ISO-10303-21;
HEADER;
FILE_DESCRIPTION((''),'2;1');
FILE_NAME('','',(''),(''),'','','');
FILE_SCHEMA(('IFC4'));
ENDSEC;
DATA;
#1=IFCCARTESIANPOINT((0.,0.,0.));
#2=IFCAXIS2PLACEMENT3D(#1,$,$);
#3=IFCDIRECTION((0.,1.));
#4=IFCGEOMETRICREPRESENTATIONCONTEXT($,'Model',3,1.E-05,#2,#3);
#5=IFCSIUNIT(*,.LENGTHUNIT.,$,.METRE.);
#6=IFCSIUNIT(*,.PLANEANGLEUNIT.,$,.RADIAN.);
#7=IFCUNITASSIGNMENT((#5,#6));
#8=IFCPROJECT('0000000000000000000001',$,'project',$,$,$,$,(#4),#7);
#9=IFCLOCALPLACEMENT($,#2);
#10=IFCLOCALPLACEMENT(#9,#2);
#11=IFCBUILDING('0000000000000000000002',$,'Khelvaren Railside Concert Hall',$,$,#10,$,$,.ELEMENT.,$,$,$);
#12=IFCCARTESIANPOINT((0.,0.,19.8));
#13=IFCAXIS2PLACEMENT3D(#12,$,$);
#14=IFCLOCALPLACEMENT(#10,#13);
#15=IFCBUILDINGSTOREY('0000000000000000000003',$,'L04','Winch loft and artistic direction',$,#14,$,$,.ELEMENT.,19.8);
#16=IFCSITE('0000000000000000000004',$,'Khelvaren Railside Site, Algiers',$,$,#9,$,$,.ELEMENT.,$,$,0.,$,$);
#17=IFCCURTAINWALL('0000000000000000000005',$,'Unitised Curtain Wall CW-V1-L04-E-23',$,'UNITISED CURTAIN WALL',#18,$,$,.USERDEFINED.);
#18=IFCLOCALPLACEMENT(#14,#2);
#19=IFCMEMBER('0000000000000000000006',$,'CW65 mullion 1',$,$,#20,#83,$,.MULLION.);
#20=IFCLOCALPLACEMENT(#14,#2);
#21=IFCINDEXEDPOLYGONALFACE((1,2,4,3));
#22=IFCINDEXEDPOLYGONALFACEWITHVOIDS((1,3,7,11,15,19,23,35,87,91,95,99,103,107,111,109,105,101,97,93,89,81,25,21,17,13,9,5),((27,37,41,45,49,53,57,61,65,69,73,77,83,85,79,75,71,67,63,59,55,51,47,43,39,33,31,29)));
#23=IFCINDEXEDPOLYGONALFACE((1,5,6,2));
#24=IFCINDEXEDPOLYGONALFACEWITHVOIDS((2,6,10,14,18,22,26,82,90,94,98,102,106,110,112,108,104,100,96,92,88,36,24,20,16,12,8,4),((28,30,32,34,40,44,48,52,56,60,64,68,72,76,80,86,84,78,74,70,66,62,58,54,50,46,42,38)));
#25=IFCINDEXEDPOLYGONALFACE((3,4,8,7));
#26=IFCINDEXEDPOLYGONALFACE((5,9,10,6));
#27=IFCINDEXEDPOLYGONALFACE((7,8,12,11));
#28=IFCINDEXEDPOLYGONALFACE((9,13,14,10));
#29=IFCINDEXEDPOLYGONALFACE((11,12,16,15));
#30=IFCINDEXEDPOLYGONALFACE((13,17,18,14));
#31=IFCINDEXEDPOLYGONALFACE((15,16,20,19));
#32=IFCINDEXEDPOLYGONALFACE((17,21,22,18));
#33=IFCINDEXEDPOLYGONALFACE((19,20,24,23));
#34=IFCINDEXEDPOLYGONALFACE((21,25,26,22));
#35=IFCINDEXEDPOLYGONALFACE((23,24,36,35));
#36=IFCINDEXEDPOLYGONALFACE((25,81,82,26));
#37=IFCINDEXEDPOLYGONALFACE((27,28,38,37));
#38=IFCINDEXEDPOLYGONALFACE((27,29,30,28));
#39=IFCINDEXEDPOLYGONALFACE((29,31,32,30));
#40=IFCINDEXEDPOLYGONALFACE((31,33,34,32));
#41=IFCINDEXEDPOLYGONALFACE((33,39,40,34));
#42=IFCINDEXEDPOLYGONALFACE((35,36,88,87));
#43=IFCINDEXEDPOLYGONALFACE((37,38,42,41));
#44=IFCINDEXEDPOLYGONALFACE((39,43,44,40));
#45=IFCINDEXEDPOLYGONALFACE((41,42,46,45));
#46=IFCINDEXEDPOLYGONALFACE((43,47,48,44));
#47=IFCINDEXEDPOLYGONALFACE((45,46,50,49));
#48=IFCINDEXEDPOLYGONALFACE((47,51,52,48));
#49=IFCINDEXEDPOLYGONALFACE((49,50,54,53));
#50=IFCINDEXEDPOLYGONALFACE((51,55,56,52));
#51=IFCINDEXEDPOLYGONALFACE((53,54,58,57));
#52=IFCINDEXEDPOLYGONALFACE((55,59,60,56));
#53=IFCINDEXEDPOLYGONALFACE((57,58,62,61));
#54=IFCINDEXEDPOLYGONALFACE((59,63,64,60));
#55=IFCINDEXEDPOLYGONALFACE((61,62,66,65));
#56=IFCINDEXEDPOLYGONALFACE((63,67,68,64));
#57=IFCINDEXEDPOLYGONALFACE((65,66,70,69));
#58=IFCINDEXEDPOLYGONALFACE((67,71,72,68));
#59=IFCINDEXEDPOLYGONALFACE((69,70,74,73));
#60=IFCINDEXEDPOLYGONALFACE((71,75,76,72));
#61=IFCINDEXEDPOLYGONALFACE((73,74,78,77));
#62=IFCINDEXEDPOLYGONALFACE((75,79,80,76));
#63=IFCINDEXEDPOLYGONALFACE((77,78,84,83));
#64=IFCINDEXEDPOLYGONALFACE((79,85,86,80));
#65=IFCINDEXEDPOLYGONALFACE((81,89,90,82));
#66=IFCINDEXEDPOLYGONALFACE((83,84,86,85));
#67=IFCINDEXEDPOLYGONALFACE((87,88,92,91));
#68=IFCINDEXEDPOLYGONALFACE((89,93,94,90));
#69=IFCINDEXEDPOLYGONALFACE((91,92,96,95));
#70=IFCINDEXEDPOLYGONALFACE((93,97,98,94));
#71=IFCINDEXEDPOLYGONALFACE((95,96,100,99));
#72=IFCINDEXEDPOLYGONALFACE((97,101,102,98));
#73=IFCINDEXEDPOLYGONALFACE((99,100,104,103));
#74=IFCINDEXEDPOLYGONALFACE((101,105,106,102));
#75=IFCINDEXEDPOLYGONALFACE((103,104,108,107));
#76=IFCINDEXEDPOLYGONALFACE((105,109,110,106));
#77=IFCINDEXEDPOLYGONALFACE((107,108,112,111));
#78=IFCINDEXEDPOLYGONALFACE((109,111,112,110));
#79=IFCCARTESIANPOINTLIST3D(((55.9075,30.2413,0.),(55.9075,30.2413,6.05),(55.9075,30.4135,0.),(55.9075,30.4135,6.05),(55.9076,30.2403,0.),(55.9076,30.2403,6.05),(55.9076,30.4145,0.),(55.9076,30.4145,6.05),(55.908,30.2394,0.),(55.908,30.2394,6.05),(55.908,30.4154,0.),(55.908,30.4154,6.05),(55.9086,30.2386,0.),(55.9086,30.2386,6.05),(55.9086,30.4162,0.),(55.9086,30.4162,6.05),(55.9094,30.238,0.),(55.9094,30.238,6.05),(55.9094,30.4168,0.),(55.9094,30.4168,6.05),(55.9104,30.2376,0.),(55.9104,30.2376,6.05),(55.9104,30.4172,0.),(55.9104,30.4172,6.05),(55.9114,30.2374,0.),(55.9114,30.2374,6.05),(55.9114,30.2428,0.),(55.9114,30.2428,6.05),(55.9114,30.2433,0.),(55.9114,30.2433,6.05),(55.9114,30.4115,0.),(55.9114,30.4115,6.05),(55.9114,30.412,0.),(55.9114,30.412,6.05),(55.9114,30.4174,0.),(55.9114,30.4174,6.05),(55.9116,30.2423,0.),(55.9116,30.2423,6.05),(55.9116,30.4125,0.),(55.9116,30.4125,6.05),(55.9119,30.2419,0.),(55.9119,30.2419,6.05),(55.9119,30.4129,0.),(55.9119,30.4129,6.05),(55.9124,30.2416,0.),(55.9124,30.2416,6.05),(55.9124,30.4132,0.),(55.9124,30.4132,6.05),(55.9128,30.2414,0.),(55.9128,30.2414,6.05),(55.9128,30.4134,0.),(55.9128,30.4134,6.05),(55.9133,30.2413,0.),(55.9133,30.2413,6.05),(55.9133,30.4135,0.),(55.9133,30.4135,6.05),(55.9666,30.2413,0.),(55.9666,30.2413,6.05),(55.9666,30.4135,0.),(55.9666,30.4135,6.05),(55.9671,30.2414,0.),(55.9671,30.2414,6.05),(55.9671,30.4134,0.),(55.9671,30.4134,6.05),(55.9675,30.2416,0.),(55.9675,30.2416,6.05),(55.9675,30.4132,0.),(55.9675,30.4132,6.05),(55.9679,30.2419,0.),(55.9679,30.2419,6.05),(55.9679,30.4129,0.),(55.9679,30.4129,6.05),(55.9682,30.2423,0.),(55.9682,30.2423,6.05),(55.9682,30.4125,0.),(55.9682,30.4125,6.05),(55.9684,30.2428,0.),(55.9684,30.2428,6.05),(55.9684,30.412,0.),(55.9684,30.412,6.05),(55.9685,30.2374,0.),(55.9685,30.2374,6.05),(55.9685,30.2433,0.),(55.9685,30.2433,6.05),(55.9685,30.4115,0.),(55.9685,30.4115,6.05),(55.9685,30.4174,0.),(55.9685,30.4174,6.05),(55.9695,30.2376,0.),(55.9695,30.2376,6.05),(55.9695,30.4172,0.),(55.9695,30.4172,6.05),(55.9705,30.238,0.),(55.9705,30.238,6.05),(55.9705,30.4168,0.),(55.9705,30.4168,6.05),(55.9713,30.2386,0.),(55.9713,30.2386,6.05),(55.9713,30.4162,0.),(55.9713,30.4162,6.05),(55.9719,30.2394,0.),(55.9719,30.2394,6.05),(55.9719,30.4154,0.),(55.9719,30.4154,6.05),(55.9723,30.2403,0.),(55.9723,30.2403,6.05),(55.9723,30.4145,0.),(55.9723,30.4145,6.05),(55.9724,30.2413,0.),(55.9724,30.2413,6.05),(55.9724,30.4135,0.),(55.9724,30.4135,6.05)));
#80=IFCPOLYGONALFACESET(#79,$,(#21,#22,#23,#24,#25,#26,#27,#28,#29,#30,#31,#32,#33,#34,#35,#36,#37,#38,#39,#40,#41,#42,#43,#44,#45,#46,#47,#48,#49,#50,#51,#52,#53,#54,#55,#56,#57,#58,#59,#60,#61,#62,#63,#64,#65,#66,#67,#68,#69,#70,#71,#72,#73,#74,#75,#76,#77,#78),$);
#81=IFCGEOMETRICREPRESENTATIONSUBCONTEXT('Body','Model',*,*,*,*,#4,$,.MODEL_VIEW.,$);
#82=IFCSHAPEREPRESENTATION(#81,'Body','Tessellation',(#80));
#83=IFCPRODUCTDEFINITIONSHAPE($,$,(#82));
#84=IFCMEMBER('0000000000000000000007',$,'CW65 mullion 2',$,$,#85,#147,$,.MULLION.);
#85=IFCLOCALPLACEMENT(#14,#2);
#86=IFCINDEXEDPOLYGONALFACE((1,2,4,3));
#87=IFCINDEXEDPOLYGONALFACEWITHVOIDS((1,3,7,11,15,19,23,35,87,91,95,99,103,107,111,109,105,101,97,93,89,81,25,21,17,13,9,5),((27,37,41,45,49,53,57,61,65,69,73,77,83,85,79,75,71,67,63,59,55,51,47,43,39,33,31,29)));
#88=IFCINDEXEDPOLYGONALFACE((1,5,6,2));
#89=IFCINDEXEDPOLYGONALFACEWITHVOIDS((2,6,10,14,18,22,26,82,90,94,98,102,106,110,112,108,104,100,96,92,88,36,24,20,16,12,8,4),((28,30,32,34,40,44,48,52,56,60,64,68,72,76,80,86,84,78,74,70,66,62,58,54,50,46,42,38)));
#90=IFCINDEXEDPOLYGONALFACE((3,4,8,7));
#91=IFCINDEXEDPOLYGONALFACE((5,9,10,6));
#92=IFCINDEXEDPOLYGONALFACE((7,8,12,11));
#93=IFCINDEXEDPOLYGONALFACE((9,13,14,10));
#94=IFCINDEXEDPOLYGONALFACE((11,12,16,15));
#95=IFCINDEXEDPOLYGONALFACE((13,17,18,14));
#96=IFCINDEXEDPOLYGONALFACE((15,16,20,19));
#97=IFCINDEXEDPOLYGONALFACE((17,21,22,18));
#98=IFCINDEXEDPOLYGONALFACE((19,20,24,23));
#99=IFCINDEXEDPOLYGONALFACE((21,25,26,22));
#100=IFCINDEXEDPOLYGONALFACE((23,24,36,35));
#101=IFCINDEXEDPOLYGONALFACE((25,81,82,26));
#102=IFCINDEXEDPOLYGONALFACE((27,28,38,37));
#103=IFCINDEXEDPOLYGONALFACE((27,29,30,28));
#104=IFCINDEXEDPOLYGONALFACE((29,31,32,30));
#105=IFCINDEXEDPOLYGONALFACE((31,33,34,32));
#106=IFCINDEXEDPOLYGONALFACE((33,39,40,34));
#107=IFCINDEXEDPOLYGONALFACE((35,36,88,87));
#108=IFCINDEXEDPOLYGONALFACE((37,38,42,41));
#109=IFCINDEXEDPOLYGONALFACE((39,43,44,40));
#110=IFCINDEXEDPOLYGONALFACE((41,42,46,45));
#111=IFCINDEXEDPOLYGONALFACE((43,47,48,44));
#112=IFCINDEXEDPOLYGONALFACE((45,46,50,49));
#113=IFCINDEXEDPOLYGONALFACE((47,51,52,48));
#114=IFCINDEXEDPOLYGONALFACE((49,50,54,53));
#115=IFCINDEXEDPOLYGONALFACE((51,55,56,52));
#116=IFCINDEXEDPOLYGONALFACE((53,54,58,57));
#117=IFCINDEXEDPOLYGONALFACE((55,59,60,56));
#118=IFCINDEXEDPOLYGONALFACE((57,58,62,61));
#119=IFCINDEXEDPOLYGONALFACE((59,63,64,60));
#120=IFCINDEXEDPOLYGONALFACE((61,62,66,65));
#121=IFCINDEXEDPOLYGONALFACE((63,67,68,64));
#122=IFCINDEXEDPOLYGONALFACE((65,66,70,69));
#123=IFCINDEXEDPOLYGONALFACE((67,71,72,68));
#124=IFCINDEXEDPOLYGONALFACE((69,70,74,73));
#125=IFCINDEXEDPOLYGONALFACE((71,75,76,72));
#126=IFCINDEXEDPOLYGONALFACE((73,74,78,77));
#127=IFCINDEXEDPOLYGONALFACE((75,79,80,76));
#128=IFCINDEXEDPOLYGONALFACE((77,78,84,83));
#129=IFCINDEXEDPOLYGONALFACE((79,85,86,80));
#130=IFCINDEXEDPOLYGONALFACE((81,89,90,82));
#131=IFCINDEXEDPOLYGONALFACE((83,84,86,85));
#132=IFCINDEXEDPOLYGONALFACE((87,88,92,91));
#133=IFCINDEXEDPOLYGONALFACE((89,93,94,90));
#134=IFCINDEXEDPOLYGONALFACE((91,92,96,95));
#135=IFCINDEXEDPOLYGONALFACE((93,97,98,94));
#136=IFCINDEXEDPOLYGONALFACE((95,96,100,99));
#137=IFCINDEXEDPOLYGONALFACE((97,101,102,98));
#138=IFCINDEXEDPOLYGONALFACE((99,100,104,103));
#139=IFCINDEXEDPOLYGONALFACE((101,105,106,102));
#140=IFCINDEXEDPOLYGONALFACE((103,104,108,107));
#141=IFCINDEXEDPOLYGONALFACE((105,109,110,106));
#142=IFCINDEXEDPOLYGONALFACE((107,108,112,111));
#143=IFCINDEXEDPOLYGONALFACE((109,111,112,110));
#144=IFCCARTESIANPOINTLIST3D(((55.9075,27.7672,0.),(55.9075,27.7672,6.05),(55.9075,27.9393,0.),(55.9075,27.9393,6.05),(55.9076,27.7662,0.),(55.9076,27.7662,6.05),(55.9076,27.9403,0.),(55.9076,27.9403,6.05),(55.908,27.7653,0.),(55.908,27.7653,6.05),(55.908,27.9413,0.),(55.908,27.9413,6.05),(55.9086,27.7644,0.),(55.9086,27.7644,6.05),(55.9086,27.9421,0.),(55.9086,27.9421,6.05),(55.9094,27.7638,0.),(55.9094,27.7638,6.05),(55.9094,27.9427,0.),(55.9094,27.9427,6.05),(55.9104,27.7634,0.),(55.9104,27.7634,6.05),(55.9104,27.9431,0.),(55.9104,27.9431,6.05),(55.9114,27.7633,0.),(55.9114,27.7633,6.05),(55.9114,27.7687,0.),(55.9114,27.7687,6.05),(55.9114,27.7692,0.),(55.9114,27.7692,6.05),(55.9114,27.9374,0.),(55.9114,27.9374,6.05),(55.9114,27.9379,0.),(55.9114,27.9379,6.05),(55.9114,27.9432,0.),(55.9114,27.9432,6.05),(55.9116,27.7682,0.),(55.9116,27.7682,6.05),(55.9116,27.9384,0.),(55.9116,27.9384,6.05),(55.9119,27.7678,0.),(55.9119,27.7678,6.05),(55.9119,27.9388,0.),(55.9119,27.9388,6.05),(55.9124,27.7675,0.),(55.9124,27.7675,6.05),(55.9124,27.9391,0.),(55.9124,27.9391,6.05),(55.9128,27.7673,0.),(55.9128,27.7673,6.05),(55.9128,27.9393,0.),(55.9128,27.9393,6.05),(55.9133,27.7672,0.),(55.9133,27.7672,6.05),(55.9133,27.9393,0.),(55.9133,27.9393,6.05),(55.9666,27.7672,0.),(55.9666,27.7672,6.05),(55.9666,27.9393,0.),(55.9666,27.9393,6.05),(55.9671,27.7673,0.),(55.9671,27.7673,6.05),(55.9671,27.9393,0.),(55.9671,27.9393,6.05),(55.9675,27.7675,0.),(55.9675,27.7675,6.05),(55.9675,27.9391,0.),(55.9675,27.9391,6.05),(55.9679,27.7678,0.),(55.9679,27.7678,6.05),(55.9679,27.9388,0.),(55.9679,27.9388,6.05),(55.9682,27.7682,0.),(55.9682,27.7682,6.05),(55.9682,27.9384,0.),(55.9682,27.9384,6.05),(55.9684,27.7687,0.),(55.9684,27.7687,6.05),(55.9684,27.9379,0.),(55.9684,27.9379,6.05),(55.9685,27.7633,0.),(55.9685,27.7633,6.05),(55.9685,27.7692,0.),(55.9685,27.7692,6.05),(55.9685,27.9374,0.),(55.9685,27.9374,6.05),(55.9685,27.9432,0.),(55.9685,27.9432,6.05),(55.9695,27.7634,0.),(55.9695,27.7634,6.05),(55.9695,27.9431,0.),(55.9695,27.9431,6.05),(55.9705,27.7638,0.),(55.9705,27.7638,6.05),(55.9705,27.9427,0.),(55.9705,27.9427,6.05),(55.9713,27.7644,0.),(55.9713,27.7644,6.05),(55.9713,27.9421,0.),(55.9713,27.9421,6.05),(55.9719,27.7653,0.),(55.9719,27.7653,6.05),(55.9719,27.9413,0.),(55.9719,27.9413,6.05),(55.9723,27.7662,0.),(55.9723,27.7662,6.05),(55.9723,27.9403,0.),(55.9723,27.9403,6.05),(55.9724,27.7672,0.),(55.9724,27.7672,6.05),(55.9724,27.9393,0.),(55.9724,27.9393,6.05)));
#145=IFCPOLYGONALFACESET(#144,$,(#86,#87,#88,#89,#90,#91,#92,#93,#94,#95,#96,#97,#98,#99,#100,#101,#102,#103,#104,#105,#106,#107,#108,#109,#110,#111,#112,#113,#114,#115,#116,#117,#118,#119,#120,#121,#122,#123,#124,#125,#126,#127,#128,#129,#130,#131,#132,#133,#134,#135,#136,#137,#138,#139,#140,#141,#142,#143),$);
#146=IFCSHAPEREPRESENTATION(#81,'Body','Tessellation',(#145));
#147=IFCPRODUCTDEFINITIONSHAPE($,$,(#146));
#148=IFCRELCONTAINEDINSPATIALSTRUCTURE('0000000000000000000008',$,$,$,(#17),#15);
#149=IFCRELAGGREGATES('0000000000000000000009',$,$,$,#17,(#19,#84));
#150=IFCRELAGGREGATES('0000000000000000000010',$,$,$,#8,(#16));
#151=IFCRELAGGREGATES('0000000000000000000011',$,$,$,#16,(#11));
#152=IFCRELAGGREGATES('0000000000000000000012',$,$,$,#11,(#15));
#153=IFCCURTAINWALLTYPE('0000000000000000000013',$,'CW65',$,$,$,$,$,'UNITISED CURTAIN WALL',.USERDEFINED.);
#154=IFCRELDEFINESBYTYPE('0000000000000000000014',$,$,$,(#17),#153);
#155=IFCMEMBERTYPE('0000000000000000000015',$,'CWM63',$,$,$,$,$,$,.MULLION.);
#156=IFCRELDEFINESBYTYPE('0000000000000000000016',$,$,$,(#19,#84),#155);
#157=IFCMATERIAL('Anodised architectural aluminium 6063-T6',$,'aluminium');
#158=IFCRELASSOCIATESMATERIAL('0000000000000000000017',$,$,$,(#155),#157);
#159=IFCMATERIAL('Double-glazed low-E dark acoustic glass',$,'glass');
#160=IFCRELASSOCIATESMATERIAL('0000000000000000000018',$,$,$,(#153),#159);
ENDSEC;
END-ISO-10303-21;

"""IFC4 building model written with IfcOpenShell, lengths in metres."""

from ifc_helpers import new_model, si_unit, direction, frame, origin, origin_2d, place, context, subcontext, project, spatial, hollow_rectangle, extrude, material, material_profile, profile_set, type_object, element, aggregate, save


model = new_model("IFC4")

# Units and contexts
model_context = context("Model", 3, precision=1e-05, world=origin(), true_north=direction((0.0, 1.0)))
body_context = subcontext(model_context, "Body", "Model", "MODEL_VIEW")
ifc_project = project(units=[si_unit("LENGTHUNIT", "METRE"), si_unit("PLANEANGLEUNIT", "RADIAN")], contexts=[model_context])

# Site, building, storey
site_placement = place(None, origin())
site = spatial("IfcSite", under=ifc_project, at=site_placement, Name="Khelvaren Railside Site, Algiers", CompositionType="ELEMENT", RefElevation=0.0)
building_placement = place(site_placement, origin())
building = spatial("IfcBuilding", under=site, at=building_placement, Name="Khelvaren Railside Concert Hall", CompositionType="ELEMENT")
storey_placement = place(building_placement, frame((0.0, 0.0, 19.8)))
storey = spatial("IfcBuildingStorey", under=building, at=storey_placement, Name="L04", Description="Winch loft and artistic direction", CompositionType="ELEMENT", Elevation=19.8)

# Shared definitions
ifc_material_1 = material(Name="Anodised architectural aluminium 6063-T6", Category="aluminium")
ifc_material_2 = material(Name="Double-glazed low-E dark acoustic glass", Category="glass")
ifc_material_profile_1 = material_profile(ifc_material_1, hollow_rectangle(XDim=0.0649, YDim=0.1799, WallThickness=0.0039, InnerFilletRadius=0.002, OuterFilletRadius=0.0039, at=origin_2d()), Name="CWM 65x180x4")
ifc_profile_set_1 = profile_set([ifc_material_profile_1], Name="Anodised architectural aluminium 6063-T6")
member_type_1 = type_object("IfcMemberType", Name="CWM63", PredefinedType="MULLION", material=ifc_profile_set_1)

# Curtain wall, members
curtain_wall_type_1 = type_object("IfcCurtainWallType", Name="CW65", ElementType="UNITISED CURTAIN WALL", PredefinedType="USERDEFINED", material=ifc_material_2)
curtain_wall_1_placement = place(storey_placement, origin())
curtain_wall_1 = element("IfcCurtainWall", 1, at=curtain_wall_1_placement, inside=storey, type_object=curtain_wall_type_1, Name="Unitised Curtain Wall CW-V1-L04-E-23", ObjectType="UNITISED CURTAIN WALL", PredefinedType="USERDEFINED")
member_1_placement = place(storey_placement, frame((55.9399, 30.3274, 0.0), z_axis=(0.0, 0.0, 1.0), x_axis=(1.0, 0.0, 0.0)))
member_1 = element("IfcMember", 2, at=member_1_placement, type_object=member_type_1, Name="CW65 mullion 1", PredefinedType="MULLION", context=body_context, shape_type="SweptSolid", body=[
    extrude(hollow_rectangle(XDim=0.0649, YDim=0.1799, WallThickness=0.0039, InnerFilletRadius=0.002, OuterFilletRadius=0.0039, at=origin_2d()), origin(), (0.0, 0.0, 1.0), 6.05),
])
member_2_placement = place(storey_placement, frame((55.9399, 27.8533, 0.0), z_axis=(0.0, 0.0, 1.0), x_axis=(1.0, 0.0, 0.0)))
member_2 = element("IfcMember", 3, at=member_2_placement, type_object=member_type_1, Name="CW65 mullion 2", PredefinedType="MULLION", context=body_context, shape_type="SweptSolid", body=[
    extrude(hollow_rectangle(XDim=0.0649, YDim=0.1799, WallThickness=0.0039, InnerFilletRadius=0.002, OuterFilletRadius=0.0039, at=origin_2d()), origin(), (0.0, 0.0, 1.0), 6.05),
])

aggregate(curtain_wall_1, [member_1, member_2])

save(model, "model.ifc")
